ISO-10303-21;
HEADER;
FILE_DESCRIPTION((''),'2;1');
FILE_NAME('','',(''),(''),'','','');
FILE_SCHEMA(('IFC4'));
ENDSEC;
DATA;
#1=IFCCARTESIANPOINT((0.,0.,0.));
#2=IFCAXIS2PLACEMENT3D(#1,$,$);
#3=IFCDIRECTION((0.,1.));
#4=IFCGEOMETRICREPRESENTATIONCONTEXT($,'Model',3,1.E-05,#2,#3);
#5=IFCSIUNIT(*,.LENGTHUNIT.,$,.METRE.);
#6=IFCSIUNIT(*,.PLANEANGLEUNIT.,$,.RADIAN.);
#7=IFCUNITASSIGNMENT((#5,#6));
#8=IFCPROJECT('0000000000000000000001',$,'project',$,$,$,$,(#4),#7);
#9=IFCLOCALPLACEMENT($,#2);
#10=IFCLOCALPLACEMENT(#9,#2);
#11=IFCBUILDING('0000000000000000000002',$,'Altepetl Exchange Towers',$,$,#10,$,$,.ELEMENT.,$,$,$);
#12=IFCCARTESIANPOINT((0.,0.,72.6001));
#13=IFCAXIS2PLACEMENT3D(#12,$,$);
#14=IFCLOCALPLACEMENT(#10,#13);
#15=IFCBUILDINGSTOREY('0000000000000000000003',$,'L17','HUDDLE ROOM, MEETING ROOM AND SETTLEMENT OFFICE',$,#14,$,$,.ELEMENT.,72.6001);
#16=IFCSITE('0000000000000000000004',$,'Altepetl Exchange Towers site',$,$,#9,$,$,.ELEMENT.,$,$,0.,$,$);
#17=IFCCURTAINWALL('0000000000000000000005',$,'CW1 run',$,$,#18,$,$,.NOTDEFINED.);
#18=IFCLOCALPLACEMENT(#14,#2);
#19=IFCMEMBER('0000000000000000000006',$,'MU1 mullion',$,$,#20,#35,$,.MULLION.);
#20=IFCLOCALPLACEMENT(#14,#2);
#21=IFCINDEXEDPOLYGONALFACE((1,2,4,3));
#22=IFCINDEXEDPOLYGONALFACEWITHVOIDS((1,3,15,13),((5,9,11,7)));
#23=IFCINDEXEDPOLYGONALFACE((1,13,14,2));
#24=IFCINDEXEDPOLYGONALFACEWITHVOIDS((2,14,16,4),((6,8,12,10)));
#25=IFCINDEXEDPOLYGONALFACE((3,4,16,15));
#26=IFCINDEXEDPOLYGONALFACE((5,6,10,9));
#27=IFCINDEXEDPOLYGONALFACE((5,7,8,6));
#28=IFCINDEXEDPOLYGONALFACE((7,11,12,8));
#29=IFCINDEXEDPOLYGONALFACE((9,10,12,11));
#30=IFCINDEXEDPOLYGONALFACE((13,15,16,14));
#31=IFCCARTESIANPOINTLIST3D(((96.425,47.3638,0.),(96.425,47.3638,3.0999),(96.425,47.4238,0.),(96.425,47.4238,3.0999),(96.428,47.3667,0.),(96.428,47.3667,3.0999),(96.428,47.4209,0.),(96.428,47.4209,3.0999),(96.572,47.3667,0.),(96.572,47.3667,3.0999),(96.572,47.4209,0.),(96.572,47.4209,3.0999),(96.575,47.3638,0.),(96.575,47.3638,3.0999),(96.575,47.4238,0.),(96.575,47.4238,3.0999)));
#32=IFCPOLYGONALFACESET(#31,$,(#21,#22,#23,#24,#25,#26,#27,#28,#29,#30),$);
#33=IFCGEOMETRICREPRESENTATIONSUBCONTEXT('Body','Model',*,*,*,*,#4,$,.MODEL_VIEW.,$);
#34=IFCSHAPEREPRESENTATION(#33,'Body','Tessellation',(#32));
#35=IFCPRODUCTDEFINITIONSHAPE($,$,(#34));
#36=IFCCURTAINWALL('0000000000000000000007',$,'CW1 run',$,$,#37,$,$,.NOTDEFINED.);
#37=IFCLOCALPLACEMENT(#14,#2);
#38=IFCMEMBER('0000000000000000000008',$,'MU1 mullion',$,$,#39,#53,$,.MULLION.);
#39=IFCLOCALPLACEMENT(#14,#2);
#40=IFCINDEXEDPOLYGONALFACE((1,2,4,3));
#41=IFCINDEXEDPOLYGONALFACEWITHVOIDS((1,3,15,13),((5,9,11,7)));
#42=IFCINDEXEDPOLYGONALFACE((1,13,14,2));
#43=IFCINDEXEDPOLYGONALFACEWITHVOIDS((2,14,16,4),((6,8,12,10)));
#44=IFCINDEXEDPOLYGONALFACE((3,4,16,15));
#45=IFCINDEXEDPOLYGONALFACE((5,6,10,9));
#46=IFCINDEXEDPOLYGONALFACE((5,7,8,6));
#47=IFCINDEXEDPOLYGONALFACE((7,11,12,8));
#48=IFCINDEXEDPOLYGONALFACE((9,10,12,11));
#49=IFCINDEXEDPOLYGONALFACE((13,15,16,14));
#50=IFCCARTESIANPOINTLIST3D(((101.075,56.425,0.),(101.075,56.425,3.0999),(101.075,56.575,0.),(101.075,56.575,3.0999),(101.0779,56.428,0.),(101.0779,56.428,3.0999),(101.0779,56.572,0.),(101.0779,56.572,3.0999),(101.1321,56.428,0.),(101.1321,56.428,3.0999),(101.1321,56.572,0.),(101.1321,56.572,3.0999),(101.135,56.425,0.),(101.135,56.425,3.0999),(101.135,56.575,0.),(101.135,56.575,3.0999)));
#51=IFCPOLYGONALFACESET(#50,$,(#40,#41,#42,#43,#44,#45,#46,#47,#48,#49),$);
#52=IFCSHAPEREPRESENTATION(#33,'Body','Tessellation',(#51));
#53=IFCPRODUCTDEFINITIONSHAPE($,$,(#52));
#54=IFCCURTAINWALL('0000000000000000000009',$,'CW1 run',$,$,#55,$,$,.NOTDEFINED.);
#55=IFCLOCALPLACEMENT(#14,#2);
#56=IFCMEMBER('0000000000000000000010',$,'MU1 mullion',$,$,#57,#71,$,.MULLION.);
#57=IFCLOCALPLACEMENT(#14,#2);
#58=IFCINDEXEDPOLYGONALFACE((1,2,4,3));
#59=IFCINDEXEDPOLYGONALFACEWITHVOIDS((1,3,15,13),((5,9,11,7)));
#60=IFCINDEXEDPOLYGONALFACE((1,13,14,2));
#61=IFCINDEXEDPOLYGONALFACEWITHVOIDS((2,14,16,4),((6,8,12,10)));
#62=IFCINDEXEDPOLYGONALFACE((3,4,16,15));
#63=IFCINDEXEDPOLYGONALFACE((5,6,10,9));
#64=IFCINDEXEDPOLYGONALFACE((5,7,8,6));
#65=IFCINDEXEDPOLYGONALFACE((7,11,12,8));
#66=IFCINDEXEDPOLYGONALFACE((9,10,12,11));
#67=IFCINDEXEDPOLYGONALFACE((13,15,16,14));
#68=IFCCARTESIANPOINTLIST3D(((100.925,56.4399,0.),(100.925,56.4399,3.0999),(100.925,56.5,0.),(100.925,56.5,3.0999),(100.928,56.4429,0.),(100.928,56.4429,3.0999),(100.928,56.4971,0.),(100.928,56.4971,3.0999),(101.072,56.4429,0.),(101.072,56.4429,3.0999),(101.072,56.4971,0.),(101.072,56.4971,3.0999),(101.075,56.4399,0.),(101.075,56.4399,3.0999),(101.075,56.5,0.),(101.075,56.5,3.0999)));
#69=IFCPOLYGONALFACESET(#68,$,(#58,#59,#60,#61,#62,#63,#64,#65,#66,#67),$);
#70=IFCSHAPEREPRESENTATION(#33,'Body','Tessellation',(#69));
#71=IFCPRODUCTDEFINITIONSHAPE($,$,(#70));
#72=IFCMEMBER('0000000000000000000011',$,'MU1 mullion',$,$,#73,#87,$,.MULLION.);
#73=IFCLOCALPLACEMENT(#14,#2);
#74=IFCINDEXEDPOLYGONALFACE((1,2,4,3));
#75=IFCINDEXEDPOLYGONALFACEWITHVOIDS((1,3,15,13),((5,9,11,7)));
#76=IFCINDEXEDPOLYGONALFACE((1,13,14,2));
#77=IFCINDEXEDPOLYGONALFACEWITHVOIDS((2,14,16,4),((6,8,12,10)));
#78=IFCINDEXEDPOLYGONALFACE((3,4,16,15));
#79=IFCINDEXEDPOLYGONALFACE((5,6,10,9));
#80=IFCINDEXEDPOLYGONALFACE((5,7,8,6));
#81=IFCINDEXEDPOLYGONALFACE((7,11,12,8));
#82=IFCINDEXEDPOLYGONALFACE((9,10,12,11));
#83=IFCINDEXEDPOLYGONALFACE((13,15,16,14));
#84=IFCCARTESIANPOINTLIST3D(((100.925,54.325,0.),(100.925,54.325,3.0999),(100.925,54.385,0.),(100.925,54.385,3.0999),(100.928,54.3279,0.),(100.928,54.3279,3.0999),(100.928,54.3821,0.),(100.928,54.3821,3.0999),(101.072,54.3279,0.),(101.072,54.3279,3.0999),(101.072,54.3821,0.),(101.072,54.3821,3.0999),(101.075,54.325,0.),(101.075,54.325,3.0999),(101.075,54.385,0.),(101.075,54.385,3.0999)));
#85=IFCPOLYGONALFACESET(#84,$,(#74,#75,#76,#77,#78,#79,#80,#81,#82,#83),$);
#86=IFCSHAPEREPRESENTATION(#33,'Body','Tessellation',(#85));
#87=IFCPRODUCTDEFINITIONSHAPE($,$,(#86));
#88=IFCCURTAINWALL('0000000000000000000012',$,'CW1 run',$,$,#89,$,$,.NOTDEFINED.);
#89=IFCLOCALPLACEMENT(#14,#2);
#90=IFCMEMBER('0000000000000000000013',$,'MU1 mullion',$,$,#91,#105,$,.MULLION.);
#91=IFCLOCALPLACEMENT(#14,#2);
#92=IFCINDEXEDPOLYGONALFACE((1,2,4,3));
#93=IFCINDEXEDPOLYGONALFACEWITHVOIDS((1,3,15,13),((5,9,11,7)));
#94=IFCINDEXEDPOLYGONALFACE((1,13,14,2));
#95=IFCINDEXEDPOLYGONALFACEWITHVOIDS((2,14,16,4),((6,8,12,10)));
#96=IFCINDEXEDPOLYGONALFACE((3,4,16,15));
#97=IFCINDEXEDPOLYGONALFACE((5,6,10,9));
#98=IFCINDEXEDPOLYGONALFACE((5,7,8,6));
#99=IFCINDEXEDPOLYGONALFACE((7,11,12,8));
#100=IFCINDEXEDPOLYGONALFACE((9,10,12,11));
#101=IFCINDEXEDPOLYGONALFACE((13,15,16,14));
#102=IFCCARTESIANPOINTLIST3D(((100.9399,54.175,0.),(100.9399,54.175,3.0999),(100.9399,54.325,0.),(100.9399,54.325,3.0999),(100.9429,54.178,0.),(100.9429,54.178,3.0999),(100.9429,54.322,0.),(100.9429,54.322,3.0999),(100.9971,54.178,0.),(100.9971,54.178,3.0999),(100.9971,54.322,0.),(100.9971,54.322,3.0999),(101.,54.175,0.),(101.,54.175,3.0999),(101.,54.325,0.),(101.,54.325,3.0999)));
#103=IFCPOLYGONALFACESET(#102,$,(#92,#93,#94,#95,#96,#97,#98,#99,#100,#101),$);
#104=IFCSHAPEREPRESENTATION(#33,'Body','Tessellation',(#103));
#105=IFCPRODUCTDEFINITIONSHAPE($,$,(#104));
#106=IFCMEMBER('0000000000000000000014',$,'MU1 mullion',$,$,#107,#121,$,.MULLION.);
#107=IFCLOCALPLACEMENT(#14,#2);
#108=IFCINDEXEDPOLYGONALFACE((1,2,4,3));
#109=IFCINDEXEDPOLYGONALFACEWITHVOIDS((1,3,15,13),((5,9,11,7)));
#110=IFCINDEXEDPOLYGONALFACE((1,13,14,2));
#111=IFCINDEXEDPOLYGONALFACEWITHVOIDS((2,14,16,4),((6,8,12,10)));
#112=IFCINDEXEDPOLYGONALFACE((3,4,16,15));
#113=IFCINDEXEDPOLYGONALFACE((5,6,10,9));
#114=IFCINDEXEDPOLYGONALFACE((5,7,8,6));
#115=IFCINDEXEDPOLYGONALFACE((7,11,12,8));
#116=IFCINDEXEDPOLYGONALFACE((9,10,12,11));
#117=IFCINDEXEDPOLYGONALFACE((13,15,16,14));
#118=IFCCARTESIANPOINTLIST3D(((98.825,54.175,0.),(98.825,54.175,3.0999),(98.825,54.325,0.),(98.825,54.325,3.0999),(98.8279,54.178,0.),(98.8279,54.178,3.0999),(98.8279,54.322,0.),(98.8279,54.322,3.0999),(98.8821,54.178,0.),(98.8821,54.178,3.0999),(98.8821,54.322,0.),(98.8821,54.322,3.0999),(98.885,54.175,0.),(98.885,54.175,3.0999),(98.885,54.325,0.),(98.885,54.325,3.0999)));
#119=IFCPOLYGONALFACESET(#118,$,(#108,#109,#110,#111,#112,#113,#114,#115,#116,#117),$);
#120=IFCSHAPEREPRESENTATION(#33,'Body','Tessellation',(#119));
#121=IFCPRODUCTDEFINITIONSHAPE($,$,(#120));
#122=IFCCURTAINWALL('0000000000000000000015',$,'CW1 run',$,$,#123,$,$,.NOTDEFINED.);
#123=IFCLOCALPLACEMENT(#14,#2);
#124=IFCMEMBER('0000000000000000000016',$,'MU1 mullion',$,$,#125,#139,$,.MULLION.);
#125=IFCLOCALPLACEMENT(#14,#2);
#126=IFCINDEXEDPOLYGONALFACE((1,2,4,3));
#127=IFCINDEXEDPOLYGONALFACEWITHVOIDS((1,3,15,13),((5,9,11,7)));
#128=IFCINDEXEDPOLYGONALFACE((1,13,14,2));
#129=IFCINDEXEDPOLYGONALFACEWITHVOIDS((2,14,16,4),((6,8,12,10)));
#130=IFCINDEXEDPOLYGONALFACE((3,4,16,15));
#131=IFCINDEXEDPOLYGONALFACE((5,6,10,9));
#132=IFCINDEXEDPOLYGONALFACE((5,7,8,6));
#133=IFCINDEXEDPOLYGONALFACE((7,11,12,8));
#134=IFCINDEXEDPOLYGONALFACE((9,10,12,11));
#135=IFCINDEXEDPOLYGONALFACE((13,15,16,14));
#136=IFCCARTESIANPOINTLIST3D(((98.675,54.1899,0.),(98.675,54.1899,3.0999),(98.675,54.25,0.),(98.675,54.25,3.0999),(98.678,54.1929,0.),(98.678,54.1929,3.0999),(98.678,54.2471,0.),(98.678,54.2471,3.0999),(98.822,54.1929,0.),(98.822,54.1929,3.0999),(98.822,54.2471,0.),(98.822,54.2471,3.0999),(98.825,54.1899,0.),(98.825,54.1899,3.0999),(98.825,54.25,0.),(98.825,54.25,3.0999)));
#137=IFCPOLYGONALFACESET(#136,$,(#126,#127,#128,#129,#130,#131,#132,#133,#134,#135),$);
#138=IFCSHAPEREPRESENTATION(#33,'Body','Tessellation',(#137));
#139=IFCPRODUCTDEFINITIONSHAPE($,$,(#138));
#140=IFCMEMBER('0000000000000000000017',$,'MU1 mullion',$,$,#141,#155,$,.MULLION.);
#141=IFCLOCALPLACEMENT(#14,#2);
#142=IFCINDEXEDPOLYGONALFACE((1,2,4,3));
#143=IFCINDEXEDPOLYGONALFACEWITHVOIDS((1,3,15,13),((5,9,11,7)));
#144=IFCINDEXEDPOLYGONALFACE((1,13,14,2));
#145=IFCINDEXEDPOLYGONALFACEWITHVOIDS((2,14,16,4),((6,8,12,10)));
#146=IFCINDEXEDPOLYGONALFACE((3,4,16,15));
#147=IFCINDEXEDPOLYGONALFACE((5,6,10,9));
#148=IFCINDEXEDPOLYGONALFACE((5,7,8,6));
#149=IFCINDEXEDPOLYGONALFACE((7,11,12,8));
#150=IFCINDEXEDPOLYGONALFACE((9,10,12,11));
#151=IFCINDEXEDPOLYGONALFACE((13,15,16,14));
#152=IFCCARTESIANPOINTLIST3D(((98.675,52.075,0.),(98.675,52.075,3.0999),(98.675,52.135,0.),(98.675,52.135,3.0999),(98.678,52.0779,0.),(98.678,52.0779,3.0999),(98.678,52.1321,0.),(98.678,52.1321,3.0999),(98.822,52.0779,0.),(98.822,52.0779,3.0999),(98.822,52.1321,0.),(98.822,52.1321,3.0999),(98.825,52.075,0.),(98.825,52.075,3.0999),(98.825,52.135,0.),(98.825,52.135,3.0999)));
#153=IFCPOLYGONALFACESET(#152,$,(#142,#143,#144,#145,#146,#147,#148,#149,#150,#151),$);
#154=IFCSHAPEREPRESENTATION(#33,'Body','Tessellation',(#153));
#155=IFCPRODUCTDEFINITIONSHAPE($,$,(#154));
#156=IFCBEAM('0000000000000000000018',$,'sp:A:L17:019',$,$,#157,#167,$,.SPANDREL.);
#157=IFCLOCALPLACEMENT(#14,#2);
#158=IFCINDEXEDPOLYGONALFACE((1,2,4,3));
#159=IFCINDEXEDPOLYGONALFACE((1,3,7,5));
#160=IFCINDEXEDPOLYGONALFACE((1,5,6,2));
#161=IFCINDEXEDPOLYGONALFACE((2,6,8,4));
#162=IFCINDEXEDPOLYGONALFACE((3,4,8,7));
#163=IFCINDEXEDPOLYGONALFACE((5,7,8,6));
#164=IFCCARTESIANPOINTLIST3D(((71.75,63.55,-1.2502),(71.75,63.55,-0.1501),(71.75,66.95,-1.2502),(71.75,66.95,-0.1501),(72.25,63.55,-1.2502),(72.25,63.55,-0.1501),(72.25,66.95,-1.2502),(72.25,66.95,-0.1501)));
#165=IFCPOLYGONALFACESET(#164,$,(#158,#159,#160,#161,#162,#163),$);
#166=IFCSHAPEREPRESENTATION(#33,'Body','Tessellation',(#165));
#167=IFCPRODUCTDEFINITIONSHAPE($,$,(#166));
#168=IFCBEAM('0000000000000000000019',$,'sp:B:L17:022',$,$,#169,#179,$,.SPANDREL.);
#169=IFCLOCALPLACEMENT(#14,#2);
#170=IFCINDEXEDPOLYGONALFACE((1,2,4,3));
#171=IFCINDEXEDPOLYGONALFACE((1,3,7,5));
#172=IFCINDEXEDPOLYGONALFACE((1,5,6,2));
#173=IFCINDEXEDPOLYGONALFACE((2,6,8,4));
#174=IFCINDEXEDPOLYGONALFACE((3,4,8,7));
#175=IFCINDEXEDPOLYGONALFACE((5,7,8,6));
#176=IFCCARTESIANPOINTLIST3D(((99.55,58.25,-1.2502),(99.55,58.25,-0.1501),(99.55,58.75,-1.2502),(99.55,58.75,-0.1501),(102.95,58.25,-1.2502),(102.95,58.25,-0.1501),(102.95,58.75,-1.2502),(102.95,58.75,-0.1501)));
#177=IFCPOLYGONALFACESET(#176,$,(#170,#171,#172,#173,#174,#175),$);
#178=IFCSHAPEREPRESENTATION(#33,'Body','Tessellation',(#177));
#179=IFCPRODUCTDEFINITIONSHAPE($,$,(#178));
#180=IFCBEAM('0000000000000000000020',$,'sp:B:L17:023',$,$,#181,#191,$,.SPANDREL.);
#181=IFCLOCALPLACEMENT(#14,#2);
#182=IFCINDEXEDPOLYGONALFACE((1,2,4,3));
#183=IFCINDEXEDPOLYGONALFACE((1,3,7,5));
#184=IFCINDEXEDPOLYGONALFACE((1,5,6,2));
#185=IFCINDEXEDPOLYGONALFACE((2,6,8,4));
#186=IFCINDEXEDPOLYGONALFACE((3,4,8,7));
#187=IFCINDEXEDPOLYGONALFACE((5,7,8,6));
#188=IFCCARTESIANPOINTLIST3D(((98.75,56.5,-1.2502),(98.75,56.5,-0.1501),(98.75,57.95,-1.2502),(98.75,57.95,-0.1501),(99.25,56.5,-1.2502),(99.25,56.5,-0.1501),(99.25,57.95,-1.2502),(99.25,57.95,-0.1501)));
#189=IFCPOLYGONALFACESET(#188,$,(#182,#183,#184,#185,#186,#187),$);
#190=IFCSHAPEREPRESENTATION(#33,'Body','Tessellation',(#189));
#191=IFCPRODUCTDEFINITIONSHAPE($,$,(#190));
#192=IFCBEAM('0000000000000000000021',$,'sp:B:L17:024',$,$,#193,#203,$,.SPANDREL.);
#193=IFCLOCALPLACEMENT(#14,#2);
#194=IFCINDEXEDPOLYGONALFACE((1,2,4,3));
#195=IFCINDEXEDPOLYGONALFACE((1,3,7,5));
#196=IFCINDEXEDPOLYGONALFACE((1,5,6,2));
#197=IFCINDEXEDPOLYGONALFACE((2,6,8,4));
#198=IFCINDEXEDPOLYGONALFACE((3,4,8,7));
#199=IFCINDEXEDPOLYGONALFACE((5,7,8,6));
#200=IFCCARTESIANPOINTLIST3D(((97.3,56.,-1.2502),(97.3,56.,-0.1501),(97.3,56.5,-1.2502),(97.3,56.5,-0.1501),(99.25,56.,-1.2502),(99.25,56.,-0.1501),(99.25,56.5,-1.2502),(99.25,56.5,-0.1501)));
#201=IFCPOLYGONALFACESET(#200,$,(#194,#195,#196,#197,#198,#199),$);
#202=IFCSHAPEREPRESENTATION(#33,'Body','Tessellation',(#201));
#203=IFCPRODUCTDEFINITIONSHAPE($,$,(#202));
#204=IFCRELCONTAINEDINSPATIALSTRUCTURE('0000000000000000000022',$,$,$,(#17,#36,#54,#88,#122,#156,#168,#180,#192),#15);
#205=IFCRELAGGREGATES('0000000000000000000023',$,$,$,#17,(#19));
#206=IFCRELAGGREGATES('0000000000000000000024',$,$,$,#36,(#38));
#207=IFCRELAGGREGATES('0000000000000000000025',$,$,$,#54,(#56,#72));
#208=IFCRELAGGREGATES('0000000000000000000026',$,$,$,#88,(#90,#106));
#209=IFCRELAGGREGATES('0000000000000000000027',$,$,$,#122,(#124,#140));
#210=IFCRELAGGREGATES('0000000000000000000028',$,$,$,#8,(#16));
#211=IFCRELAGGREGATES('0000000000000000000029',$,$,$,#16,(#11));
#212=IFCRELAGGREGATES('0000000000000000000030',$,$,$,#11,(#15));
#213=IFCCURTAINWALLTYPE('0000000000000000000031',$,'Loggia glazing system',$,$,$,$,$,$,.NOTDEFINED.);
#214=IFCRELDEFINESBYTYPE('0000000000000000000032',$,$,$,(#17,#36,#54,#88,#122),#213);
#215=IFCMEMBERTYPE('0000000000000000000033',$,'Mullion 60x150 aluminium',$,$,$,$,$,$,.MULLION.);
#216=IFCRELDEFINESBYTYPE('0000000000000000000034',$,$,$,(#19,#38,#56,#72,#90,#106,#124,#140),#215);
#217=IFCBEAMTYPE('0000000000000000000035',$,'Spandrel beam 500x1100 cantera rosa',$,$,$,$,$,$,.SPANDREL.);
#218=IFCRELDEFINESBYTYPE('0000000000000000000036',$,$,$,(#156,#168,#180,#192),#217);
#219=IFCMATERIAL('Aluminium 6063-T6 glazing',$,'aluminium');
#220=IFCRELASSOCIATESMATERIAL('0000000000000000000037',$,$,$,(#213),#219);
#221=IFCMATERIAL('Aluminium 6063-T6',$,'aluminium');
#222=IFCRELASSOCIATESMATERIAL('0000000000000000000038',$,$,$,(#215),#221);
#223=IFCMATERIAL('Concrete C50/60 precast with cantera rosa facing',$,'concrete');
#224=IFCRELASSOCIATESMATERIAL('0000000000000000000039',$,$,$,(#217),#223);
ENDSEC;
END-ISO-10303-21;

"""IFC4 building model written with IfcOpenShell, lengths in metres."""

from ifc_helpers import new_model, si_unit, direction, frame, origin, origin_2d, place, context, subcontext, project, spatial, rectangle, hollow_rectangle, extrude, material, material_profile, profile_set, type_object, element, aggregate, save


model = new_model("IFC4")

# Units and contexts
model_context = context("Model", 3, precision=1e-05, world=origin(), true_north=direction((0.0, 1.0)))
body_context = subcontext(model_context, "Body", "Model", "MODEL_VIEW")
ifc_project = project(units=[si_unit("LENGTHUNIT", "METRE"), si_unit("PLANEANGLEUNIT", "RADIAN")], contexts=[model_context])

# Site, building, storey
site_placement = place(None, origin())
site = spatial("IfcSite", under=ifc_project, at=site_placement, Name="Altepetl Exchange Towers site", CompositionType="ELEMENT", RefElevation=0.0)
building_placement = place(site_placement, origin())
building = spatial("IfcBuilding", under=site, at=building_placement, Name="Altepetl Exchange Towers", CompositionType="ELEMENT")
storey_placement = place(building_placement, frame((0.0, 0.0, 72.6001)))
storey = spatial("IfcBuildingStorey", under=building, at=storey_placement, Name="L17", Description="HUDDLE ROOM, MEETING ROOM AND SETTLEMENT OFFICE", CompositionType="ELEMENT", Elevation=72.6001)

# Curtain wall, member
ifc_material_1 = material(Name="Aluminium 6063-T6 glazing", Category="aluminium")
curtain_wall_type = type_object("IfcCurtainWallType", Name="Loggia glazing system", PredefinedType="NOTDEFINED", material=ifc_material_1)
ifc_material_2 = material(Name="Aluminium 6063-T6", Category="aluminium")
ifc_material_profile_1 = material_profile(ifc_material_2, hollow_rectangle(XDim=0.0601, YDim=0.1499, WallThickness=0.0029, at=origin_2d()), Name="Mullion 60x150 aluminium")
ifc_profile_set_1 = profile_set([ifc_material_profile_1], Name="Aluminium 6063-T6")
member_type = type_object("IfcMemberType", Name="Mullion 60x150 aluminium", PredefinedType="MULLION", material=ifc_profile_set_1)
curtain_wall_1_placement = place(storey_placement, origin())
curtain_wall_1 = element("IfcCurtainWall", 1, at=curtain_wall_1_placement, inside=storey, type_object=curtain_wall_type, Name="CW1 run", PredefinedType="NOTDEFINED")
member_1_placement = place(storey_placement, frame((96.5, 47.3938, 0.0), z_axis=(0.0, 0.0, 1.0), x_axis=(0.0, -1.0, 0.0)))
member_1 = element("IfcMember", 2, at=member_1_placement, type_object=member_type, Name="MU1 mullion", PredefinedType="MULLION", context=body_context, shape_type="SweptSolid", body=[
    extrude(hollow_rectangle(XDim=0.0601, YDim=0.1499, WallThickness=0.0029, at=origin_2d()), origin(), (0.0, 0.0, 1.0), 3.0999),
])

# Curtain wall, member
curtain_wall_2_placement = place(storey_placement, origin())
curtain_wall_2 = element("IfcCurtainWall", 3, at=curtain_wall_2_placement, inside=storey, type_object=curtain_wall_type, Name="CW1 run", PredefinedType="NOTDEFINED")
member_2_placement = place(storey_placement, frame((101.105, 56.5, 0.0), z_axis=(0.0, 0.0, 1.0), x_axis=(-1.0, 0.0, 0.0)))
member_2 = element("IfcMember", 4, at=member_2_placement, type_object=member_type, Name="MU1 mullion", PredefinedType="MULLION", context=body_context, shape_type="SweptSolid", body=[
    extrude(hollow_rectangle(XDim=0.0601, YDim=0.1499, WallThickness=0.0029, at=origin_2d()), origin(), (0.0, 0.0, 1.0), 3.0999),
])

# Curtain walls, members
curtain_wall_3_placement = place(storey_placement, origin())
curtain_wall_3 = element("IfcCurtainWall", 5, at=curtain_wall_3_placement, inside=storey, type_object=curtain_wall_type, Name="CW1 run", PredefinedType="NOTDEFINED")
member_3_placement = place(storey_placement, frame((101.0, 56.47, 0.0), z_axis=(0.0, 0.0, 1.0), x_axis=(0.0, -1.0, 0.0)))
member_3 = element("IfcMember", 6, at=member_3_placement, type_object=member_type, Name="MU1 mullion", PredefinedType="MULLION", context=body_context, shape_type="SweptSolid", body=[
    extrude(hollow_rectangle(XDim=0.0601, YDim=0.1499, WallThickness=0.0029, at=origin_2d()), origin(), (0.0, 0.0, 1.0), 3.0999),
])
member_4_placement = place(storey_placement, frame((101.0, 54.355, 0.0), z_axis=(0.0, 0.0, 1.0), x_axis=(0.0, -1.0, 0.0)))
member_4 = element("IfcMember", 7, at=member_4_placement, type_object=member_type, Name="MU1 mullion", PredefinedType="MULLION", context=body_context, shape_type="SweptSolid", body=[
    extrude(hollow_rectangle(XDim=0.0601, YDim=0.1499, WallThickness=0.0029, at=origin_2d()), origin(), (0.0, 0.0, 1.0), 3.0999),
])
curtain_wall_4_placement = place(storey_placement, origin())
curtain_wall_4 = element("IfcCurtainWall", 8, at=curtain_wall_4_placement, inside=storey, type_object=curtain_wall_type, Name="CW1 run", PredefinedType="NOTDEFINED")
member_5_placement = place(storey_placement, frame((100.97, 54.25, 0.0), z_axis=(0.0, 0.0, 1.0), x_axis=(-1.0, 0.0, 0.0)))
member_5 = element("IfcMember", 9, at=member_5_placement, type_object=member_type, Name="MU1 mullion", PredefinedType="MULLION", context=body_context, shape_type="SweptSolid", body=[
    extrude(hollow_rectangle(XDim=0.0601, YDim=0.1499, WallThickness=0.0029, at=origin_2d()), origin(), (0.0, 0.0, 1.0), 3.0999),
])
member_6_placement = place(storey_placement, frame((98.855, 54.25, 0.0), z_axis=(0.0, 0.0, 1.0), x_axis=(-1.0, 0.0, 0.0)))
member_6 = element("IfcMember", 10, at=member_6_placement, type_object=member_type, Name="MU1 mullion", PredefinedType="MULLION", context=body_context, shape_type="SweptSolid", body=[
    extrude(hollow_rectangle(XDim=0.0601, YDim=0.1499, WallThickness=0.0029, at=origin_2d()), origin(), (0.0, 0.0, 1.0), 3.0999),
])
curtain_wall_5_placement = place(storey_placement, origin())
curtain_wall_5 = element("IfcCurtainWall", 11, at=curtain_wall_5_placement, inside=storey, type_object=curtain_wall_type, Name="CW1 run", PredefinedType="NOTDEFINED")
member_7_placement = place(storey_placement, frame((98.75, 54.22, 0.0), z_axis=(0.0, 0.0, 1.0), x_axis=(0.0, -1.0, 0.0)))
member_7 = element("IfcMember", 12, at=member_7_placement, type_object=member_type, Name="MU1 mullion", PredefinedType="MULLION", context=body_context, shape_type="SweptSolid", body=[
    extrude(hollow_rectangle(XDim=0.0601, YDim=0.1499, WallThickness=0.0029, at=origin_2d()), origin(), (0.0, 0.0, 1.0), 3.0999),
])
member_8_placement = place(storey_placement, frame((98.75, 52.105, 0.0), z_axis=(0.0, 0.0, 1.0), x_axis=(0.0, -1.0, 0.0)))
member_8 = element("IfcMember", 13, at=member_8_placement, type_object=member_type, Name="MU1 mullion", PredefinedType="MULLION", context=body_context, shape_type="SweptSolid", body=[
    extrude(hollow_rectangle(XDim=0.0601, YDim=0.1499, WallThickness=0.0029, at=origin_2d()), origin(), (0.0, 0.0, 1.0), 3.0999),
])

# Beams
ifc_material_3 = material(Name="Concrete C50/60 precast with cantera rosa facing", Category="concrete")
ifc_material_profile_2 = material_profile(ifc_material_3, rectangle(XDim=0.5, YDim=1.1001, at=origin_2d()), Name="500 x 1100")
ifc_profile_set_2 = profile_set([ifc_material_profile_2], Name="Concrete C50/60 precast with cantera rosa facing")
beam_type_1 = type_object("IfcBeamType", Name="Spandrel beam 500x1100 cantera rosa", PredefinedType="SPANDREL", material=ifc_profile_set_2)
for number, where, z_axis, x_axis, name in (
    (14, (72.0, 63.55, -0.7002), (0.0, 1.0, 0.0), (-1.0, 0.0, 0.0), "sp:A:L17:019"),
    (15, (102.95, 58.5, -0.7002), (-1.0, 0.0, 0.0), (0.0, -1.0, 0.0), "sp:B:L17:022"),
):
    element("IfcBeam", number, at=place(storey_placement, frame(where, z_axis=z_axis, x_axis=x_axis)), inside=storey, type_object=beam_type_1, Name=name, PredefinedType="SPANDREL", context=body_context, shape_type="SweptSolid", body=[
        extrude(rectangle(XDim=0.5, YDim=1.1001, at=origin_2d()), origin(), (0.0, 0.0, 1.0), 3.3999),
    ])
beam_1_placement = place(storey_placement, frame((99.0, 57.95, -0.7002), z_axis=(0.0, -1.0, 0.0), x_axis=(1.0, 0.0, 0.0)))
element("IfcBeam", 16, at=beam_1_placement, inside=storey, type_object=beam_type_1, Name="sp:B:L17:023", PredefinedType="SPANDREL", context=body_context, shape_type="SweptSolid", body=[
    extrude(rectangle(XDim=0.5, YDim=1.1001, at=origin_2d()), origin(), (0.0, 0.0, 1.0), 1.45),
])
beam_2_placement = place(storey_placement, frame((99.25, 56.25, -0.7002), z_axis=(-1.0, 0.0, 0.0), x_axis=(0.0, -1.0, 0.0)))
element("IfcBeam", 17, at=beam_2_placement, inside=storey, type_object=beam_type_1, Name="sp:B:L17:024", PredefinedType="SPANDREL", context=body_context, shape_type="SweptSolid", body=[
    extrude(rectangle(XDim=0.5, YDim=1.1001, at=origin_2d()), origin(), (0.0, 0.0, 1.0), 1.95),
])

aggregate(curtain_wall_1, [member_1])
aggregate(curtain_wall_2, [member_2])
aggregate(curtain_wall_3, [member_3, member_4])
aggregate(curtain_wall_4, [member_5, member_6])
aggregate(curtain_wall_5, [member_7, member_8])

save(model, "model.ifc")
